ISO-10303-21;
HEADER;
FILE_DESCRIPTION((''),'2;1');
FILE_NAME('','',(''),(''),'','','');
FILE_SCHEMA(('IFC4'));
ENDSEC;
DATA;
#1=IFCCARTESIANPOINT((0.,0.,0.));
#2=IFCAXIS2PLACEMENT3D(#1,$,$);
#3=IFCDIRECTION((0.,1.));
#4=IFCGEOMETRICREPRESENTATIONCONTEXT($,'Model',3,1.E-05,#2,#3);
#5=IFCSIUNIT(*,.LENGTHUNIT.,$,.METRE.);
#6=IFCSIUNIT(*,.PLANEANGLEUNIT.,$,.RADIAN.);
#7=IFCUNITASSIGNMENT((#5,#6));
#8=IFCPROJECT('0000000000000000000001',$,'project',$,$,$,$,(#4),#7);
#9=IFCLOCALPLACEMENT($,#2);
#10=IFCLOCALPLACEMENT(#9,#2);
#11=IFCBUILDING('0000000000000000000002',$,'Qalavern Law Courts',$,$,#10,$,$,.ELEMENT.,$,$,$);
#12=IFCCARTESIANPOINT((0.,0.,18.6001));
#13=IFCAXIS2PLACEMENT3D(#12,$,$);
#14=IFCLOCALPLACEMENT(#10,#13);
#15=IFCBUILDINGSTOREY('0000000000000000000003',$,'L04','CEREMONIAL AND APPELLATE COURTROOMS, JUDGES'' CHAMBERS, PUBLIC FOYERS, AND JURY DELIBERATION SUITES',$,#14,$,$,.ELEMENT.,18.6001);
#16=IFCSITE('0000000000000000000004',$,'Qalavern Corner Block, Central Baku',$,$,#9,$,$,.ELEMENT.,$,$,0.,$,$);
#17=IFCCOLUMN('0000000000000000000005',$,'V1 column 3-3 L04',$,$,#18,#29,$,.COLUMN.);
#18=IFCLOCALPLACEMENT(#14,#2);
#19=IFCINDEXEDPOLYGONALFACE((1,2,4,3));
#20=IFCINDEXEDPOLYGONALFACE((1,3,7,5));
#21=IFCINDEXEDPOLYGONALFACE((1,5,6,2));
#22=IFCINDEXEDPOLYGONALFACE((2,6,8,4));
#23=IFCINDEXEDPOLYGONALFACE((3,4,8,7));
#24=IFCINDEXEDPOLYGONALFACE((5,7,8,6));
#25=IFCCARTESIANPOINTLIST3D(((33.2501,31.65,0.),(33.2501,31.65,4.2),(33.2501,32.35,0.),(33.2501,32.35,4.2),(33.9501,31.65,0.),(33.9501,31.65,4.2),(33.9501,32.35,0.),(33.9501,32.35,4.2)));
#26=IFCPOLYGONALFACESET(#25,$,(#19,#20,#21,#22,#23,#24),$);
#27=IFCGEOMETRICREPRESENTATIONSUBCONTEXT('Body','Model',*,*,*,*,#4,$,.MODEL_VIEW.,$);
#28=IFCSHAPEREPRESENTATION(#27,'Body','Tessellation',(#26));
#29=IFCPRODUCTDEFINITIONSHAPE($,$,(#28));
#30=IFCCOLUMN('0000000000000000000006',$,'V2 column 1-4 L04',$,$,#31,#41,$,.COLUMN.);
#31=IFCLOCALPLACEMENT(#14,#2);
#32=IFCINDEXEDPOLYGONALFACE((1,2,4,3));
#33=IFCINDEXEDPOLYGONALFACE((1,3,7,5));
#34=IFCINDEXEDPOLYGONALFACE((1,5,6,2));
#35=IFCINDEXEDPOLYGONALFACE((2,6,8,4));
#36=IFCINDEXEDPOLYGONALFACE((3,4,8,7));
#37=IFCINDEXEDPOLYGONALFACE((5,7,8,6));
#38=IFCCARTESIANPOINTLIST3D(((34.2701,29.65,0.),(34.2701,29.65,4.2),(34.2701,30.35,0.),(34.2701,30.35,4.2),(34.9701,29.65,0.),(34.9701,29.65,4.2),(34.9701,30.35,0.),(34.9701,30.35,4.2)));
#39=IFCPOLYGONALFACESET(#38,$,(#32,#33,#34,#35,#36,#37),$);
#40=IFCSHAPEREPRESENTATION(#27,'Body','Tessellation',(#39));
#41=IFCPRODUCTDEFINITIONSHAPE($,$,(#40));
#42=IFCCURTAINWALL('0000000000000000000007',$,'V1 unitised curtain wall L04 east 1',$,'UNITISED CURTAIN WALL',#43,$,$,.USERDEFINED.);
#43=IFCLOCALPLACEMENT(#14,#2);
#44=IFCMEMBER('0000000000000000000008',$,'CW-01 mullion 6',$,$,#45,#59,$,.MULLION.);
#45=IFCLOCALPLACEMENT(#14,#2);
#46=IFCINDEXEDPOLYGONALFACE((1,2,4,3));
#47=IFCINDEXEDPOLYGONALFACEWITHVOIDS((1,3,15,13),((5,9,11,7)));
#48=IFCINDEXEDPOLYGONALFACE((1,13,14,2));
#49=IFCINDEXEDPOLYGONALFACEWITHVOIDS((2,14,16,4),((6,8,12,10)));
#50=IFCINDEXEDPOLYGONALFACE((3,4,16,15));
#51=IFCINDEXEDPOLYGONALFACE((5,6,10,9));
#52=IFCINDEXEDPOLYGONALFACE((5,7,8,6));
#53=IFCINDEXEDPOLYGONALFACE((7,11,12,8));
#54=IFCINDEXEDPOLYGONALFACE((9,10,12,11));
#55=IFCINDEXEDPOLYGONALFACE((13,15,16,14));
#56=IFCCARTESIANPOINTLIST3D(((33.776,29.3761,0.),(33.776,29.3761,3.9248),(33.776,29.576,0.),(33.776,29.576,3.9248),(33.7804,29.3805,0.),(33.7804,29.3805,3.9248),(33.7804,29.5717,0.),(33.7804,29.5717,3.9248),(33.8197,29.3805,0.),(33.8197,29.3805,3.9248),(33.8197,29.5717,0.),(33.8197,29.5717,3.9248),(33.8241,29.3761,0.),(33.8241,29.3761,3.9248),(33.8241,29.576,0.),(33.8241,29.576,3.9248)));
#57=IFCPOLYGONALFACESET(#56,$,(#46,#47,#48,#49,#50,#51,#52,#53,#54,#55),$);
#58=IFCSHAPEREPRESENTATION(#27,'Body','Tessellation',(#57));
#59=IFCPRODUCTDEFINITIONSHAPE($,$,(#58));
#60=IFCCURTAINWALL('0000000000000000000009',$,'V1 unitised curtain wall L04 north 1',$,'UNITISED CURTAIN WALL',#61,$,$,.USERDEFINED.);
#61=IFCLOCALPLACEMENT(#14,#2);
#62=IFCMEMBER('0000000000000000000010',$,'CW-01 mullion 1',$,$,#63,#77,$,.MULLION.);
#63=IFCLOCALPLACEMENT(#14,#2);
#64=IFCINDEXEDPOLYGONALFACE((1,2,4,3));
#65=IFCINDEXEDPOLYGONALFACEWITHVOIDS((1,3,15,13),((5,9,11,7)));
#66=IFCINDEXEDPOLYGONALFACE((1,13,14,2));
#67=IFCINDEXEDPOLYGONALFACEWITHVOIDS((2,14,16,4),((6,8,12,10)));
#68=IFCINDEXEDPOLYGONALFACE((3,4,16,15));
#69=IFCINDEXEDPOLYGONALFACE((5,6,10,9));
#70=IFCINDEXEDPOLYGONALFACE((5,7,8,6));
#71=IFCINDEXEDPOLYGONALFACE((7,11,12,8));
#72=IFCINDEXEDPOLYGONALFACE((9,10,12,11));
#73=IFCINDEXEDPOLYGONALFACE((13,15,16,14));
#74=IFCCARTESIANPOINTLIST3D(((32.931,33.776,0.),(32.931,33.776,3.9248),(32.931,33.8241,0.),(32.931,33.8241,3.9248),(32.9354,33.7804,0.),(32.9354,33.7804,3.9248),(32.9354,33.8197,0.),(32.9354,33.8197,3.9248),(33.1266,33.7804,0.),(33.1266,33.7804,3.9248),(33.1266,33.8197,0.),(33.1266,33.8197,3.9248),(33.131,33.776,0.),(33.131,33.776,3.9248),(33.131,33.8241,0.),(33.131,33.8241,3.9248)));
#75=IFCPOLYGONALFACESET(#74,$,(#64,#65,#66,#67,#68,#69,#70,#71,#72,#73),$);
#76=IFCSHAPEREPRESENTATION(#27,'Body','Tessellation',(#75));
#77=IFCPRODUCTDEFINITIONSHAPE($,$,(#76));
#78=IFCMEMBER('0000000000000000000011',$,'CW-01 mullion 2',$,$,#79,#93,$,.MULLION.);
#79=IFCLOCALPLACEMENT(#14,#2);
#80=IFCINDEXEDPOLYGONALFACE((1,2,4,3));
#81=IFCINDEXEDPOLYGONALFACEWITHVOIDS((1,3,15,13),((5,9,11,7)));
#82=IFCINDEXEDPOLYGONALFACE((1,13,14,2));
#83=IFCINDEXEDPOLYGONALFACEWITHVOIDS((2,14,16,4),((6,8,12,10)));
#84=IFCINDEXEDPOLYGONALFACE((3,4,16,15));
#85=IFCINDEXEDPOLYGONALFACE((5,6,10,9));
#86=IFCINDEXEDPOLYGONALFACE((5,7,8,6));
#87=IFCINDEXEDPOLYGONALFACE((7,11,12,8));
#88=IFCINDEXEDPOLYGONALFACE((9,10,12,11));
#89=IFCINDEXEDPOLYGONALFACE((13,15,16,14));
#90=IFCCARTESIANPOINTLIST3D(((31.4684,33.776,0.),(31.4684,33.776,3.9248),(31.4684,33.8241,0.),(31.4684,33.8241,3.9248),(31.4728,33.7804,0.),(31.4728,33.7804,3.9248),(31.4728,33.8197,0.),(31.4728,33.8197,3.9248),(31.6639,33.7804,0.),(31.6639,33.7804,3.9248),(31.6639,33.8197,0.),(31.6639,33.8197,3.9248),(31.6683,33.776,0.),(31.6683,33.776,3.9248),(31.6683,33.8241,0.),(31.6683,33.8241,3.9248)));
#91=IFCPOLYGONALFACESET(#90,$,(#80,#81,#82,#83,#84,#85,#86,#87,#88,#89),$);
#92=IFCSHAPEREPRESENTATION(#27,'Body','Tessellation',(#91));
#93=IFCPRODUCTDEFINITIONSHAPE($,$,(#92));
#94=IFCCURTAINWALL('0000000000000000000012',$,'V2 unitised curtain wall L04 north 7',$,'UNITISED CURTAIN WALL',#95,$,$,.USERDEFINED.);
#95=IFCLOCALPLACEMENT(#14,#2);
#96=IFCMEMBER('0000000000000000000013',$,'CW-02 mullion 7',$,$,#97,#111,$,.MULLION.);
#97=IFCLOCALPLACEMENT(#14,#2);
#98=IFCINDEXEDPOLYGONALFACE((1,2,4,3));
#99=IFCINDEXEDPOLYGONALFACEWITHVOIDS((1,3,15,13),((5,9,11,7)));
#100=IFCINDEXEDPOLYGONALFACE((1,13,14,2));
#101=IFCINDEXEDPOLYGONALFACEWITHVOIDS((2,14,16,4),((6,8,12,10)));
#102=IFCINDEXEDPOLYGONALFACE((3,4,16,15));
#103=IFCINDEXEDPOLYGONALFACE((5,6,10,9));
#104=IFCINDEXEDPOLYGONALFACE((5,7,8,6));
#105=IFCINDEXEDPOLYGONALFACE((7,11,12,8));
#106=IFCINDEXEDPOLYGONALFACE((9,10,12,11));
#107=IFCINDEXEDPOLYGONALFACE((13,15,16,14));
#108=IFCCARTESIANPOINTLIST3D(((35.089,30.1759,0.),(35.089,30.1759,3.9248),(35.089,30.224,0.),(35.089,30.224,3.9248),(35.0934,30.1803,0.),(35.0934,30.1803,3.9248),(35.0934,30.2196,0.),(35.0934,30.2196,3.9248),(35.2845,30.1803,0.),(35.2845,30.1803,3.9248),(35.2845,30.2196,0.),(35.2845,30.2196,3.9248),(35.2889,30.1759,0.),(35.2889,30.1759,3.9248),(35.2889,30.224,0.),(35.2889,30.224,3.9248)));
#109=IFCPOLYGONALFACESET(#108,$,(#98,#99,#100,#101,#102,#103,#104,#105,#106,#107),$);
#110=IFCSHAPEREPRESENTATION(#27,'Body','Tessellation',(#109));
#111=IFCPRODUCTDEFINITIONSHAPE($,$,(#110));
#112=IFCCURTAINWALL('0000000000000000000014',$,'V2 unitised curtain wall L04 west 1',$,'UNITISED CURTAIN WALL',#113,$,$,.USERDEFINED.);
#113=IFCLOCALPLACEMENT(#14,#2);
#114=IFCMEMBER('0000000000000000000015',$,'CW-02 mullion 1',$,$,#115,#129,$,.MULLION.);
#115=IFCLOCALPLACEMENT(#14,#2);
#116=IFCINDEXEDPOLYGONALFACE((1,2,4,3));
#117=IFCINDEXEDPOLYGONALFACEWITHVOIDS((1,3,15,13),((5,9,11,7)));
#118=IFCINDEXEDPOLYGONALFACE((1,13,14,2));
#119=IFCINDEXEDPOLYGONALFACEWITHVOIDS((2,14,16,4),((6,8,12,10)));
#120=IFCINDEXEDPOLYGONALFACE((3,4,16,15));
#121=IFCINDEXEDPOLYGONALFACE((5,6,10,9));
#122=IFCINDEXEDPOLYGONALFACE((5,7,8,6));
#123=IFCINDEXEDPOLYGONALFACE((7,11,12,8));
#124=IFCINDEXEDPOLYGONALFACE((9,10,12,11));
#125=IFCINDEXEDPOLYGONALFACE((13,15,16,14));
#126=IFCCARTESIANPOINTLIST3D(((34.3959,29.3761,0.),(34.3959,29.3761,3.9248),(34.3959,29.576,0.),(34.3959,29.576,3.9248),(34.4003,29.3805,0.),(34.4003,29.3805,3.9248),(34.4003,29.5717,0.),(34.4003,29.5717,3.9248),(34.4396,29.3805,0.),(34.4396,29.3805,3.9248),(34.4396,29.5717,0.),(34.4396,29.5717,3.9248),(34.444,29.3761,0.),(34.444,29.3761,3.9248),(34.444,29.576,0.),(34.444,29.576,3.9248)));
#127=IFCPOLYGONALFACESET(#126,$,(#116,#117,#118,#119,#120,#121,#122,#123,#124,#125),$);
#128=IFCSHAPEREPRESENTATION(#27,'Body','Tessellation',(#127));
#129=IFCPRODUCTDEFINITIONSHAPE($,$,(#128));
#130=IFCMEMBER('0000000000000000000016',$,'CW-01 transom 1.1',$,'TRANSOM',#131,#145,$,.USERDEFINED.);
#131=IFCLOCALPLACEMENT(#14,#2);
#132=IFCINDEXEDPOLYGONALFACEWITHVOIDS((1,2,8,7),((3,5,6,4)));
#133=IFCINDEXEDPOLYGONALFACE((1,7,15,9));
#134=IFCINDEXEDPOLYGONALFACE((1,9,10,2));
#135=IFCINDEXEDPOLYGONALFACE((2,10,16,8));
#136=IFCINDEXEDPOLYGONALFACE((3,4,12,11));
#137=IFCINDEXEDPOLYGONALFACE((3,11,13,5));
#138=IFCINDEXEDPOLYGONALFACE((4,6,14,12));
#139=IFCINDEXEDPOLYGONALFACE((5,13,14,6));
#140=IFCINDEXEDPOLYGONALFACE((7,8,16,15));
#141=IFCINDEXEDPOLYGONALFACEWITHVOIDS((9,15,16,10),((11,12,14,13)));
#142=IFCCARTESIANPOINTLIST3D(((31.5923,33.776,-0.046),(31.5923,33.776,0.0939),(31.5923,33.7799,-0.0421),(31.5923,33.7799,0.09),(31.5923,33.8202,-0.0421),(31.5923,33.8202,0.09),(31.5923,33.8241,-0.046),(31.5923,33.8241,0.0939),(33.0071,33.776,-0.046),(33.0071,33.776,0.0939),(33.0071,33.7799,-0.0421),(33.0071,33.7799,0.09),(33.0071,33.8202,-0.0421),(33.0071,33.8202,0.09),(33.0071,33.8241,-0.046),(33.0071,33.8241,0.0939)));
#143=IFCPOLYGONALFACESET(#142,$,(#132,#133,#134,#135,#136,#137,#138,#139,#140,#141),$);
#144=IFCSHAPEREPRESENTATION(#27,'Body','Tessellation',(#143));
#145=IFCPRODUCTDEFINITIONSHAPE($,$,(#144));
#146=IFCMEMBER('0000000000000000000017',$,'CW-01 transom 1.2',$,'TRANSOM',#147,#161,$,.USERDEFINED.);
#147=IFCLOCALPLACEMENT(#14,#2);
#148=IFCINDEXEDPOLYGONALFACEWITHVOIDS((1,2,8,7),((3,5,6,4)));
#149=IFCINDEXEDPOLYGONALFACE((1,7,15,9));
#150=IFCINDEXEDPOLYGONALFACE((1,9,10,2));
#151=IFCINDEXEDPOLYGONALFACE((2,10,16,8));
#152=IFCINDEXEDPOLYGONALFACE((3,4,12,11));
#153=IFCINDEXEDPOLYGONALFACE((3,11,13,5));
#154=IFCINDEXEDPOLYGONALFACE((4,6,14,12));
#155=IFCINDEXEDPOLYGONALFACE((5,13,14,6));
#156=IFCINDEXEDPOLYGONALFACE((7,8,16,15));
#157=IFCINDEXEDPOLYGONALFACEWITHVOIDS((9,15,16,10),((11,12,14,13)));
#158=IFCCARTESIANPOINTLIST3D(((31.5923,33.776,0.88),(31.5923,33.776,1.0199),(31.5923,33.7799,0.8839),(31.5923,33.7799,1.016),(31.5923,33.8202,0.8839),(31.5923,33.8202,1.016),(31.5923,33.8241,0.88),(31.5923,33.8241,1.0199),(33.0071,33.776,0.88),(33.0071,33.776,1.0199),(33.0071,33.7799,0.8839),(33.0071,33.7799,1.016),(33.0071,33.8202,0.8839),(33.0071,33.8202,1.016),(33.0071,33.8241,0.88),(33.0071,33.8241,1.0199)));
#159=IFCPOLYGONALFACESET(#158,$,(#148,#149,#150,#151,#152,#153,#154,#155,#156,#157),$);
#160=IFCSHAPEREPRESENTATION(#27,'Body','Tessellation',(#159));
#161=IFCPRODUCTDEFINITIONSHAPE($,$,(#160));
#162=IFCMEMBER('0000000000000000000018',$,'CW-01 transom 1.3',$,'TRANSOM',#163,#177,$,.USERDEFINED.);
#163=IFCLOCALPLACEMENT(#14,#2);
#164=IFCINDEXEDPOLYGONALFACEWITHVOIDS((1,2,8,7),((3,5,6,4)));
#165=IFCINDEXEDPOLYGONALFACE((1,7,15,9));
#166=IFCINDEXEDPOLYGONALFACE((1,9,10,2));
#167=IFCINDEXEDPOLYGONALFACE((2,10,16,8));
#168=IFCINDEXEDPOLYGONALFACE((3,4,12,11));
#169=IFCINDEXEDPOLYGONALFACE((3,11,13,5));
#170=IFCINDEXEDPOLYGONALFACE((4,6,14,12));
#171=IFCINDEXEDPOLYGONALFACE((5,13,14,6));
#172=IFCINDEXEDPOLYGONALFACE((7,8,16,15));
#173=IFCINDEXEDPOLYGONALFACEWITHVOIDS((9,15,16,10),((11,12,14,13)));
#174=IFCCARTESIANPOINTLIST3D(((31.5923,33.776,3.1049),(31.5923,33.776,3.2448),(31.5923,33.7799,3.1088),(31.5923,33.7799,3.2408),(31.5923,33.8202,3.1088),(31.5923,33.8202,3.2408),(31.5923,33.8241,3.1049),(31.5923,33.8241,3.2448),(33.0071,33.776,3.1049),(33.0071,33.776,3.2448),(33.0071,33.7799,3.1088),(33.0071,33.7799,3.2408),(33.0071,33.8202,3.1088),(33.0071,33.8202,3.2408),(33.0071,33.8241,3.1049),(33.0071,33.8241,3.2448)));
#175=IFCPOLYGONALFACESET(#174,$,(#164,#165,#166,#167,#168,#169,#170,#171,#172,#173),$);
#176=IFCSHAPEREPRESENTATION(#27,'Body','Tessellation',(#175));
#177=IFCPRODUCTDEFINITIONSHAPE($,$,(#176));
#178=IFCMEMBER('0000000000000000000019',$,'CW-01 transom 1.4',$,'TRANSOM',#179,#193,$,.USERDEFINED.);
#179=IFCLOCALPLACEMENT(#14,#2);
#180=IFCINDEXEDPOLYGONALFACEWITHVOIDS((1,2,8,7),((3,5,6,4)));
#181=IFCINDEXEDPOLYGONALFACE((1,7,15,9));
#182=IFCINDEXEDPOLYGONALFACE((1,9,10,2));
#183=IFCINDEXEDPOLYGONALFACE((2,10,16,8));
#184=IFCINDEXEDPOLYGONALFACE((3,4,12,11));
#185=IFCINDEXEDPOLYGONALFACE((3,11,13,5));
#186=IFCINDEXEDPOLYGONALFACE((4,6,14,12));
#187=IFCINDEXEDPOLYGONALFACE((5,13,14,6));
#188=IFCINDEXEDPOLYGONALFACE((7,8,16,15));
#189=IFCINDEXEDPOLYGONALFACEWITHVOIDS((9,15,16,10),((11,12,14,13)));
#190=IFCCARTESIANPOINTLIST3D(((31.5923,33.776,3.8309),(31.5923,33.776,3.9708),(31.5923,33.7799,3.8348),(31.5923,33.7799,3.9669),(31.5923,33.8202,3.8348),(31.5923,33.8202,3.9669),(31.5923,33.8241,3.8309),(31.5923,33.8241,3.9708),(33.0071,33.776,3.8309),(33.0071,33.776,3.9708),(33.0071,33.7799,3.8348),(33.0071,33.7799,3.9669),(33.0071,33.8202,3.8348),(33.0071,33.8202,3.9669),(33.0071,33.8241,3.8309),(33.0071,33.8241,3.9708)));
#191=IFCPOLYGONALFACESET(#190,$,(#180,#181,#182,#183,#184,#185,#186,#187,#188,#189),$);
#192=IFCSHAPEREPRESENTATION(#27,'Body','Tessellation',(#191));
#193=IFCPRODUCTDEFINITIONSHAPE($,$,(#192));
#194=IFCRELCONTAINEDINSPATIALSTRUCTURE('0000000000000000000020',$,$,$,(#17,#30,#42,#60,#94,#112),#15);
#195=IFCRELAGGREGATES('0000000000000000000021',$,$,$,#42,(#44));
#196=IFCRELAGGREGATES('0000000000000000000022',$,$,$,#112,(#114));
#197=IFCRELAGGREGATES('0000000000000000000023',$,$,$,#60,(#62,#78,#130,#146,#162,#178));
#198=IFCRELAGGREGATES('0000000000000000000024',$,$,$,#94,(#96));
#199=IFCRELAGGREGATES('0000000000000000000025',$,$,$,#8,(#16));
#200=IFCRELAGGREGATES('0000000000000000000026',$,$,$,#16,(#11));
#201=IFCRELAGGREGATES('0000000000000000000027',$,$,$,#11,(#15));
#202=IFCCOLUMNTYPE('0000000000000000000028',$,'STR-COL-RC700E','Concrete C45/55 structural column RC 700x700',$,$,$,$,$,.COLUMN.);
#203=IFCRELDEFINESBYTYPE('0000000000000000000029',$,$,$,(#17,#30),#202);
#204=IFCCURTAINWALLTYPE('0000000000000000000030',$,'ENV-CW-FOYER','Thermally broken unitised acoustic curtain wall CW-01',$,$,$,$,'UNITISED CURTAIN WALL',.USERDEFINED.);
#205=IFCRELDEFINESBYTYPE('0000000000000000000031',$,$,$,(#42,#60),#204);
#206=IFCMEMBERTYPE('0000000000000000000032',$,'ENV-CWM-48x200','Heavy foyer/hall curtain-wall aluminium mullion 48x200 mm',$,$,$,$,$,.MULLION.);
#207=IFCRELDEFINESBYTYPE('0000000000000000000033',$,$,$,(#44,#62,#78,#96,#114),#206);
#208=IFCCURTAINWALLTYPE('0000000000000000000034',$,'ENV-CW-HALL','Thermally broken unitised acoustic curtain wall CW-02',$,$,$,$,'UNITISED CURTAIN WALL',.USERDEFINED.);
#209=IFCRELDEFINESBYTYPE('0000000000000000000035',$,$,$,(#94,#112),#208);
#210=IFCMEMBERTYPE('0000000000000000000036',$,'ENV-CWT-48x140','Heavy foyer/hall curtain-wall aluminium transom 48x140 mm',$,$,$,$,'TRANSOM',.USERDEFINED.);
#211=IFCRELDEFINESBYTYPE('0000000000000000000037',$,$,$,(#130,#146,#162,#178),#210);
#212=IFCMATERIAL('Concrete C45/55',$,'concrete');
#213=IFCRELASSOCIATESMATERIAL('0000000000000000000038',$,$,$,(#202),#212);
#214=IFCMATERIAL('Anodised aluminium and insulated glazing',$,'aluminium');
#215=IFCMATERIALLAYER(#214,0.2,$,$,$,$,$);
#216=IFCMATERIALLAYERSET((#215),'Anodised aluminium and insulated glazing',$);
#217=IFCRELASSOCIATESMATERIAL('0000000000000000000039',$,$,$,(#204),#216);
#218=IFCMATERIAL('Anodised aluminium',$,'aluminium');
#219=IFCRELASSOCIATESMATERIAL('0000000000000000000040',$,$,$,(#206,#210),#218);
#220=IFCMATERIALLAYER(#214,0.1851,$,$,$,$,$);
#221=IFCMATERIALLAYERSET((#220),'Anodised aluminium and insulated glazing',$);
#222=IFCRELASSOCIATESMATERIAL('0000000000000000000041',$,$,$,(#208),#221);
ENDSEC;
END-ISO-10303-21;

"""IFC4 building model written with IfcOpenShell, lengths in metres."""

from ifc_helpers import new_model, si_unit, direction, frame, origin, origin_2d, place, context, subcontext, project, spatial, rectangle, hollow_rectangle, extrude, material, layer, layer_set, material_profile, profile_set, type_object, element, aggregate, save


model = new_model("IFC4")

# Units and contexts
model_context = context("Model", 3, precision=1e-05, world=origin(), true_north=direction((0.0, 1.0)))
body_context = subcontext(model_context, "Body", "Model", "MODEL_VIEW")
ifc_project = project(units=[si_unit("LENGTHUNIT", "METRE"), si_unit("PLANEANGLEUNIT", "RADIAN")], contexts=[model_context])

# Site, building, storey
site_placement = place(None, origin())
site = spatial("IfcSite", under=ifc_project, at=site_placement, Name="Qalavern Corner Block, Central Baku", CompositionType="ELEMENT", RefElevation=0.0)
building_placement = place(site_placement, origin())
building = spatial("IfcBuilding", under=site, at=building_placement, Name="Qalavern Law Courts", CompositionType="ELEMENT")
storey_placement = place(building_placement, frame((0.0, 0.0, 18.6001)))
storey = spatial("IfcBuildingStorey", under=building, at=storey_placement, Name="L04", Description="CEREMONIAL AND APPELLATE COURTROOMS, JUDGES' CHAMBERS, PUBLIC FOYERS, AND JURY DELIBERATION SUITES", CompositionType="ELEMENT", Elevation=18.6001)

# Columns
ifc_material_1 = material(Name="Concrete C45/55", Category="concrete")
ifc_material_profile_1 = material_profile(ifc_material_1, rectangle(XDim=0.7, YDim=0.7, at=origin_2d()), Name="RC 700x700")
ifc_profile_set_1 = profile_set([ifc_material_profile_1], Name="Concrete C45/55")
column_type = type_object("IfcColumnType", Name="STR-COL-RC700E", Description="Concrete C45/55 structural column RC 700x700", PredefinedType="COLUMN", material=ifc_profile_set_1)
for number, where, z_axis, x_axis, name in (
    (1, (33.6001, 32.0, 0.0), (0.0, 0.0, 1.0), (1.0, 0.0, 0.0), "V1 column 3-3 L04"),
    (2, (34.6201, 30.0, 0.0), (0.0, 0.0, 1.0), (1.0, 0.0, 0.0), "V2 column 1-4 L04"),
):
    element("IfcColumn", number, at=place(storey_placement, frame(where, z_axis=z_axis, x_axis=x_axis)), inside=storey, type_object=column_type, Name=name, PredefinedType="COLUMN", context=body_context, shape_type="SweptSolid", body=[
        extrude(rectangle(XDim=0.7, YDim=0.7, at=origin_2d()), origin(), (0.0, 0.0, 1.0), 4.2),
    ])

# Curtain wall, member
ifc_material_2 = material(Name="Anodised aluminium and insulated glazing", Category="aluminium")
ifc_layer_1 = layer(ifc_material_2, 0.2)
ifc_layer_set_1 = layer_set([ifc_layer_1], Name="Anodised aluminium and insulated glazing")
curtain_wall_type_1 = type_object("IfcCurtainWallType", Name="ENV-CW-FOYER", Description="Thermally broken unitised acoustic curtain wall CW-01", ElementType="UNITISED CURTAIN WALL", PredefinedType="USERDEFINED", material=ifc_layer_set_1)
curtain_wall_1_placement = place(storey_placement, origin())
curtain_wall_1 = element("IfcCurtainWall", 3, at=curtain_wall_1_placement, inside=storey, type_object=curtain_wall_type_1, Name="V1 unitised curtain wall L04 east 1", ObjectType="UNITISED CURTAIN WALL", PredefinedType="USERDEFINED")
ifc_material_3 = material(Name="Anodised aluminium", Category="aluminium")
ifc_material_profile_2 = material_profile(ifc_material_3, hollow_rectangle(XDim=0.0481, YDim=0.2, WallThickness=0.0044, at=origin_2d()), Name="ALU MULLION 48x200")
ifc_profile_set_2 = profile_set([ifc_material_profile_2], Name="Anodised aluminium")
member_type_1 = type_object("IfcMemberType", Name="ENV-CWM-48x200", Description="Heavy foyer/hall curtain-wall aluminium mullion 48x200 mm", PredefinedType="MULLION", material=ifc_profile_set_2)
member_1_placement = place(storey_placement, frame((33.8, 29.4761, 0.0), z_axis=(0.0, 0.0, 1.0), x_axis=(-1.0, 0.0, 0.0)))
member_1 = element("IfcMember", 4, at=member_1_placement, type_object=member_type_1, Name="CW-01 mullion 6", PredefinedType="MULLION", context=body_context, shape_type="SweptSolid", body=[
    extrude(hollow_rectangle(XDim=0.0481, YDim=0.2, WallThickness=0.0044, at=origin_2d()), origin(), (0.0, 0.0, 1.0), 3.9248),
])
aggregate(curtain_wall_1, [member_1])

# Curtain wall, members
curtain_wall_2_placement = place(storey_placement, origin())
curtain_wall_2 = element("IfcCurtainWall", 5, at=curtain_wall_2_placement, inside=storey, type_object=curtain_wall_type_1, Name="V1 unitised curtain wall L04 north 1", ObjectType="UNITISED CURTAIN WALL", PredefinedType="USERDEFINED")
member_2_placement = place(storey_placement, frame((33.031, 33.8, 0.0), z_axis=(0.0, 0.0, 1.0), x_axis=(0.0, -1.0, 0.0)))
member_2 = element("IfcMember", 6, at=member_2_placement, type_object=member_type_1, Name="CW-01 mullion 1", PredefinedType="MULLION", context=body_context, shape_type="SweptSolid", body=[
    extrude(hollow_rectangle(XDim=0.0481, YDim=0.2, WallThickness=0.0044, at=origin_2d()), origin(), (0.0, 0.0, 1.0), 3.9248),
])
member_3_placement = place(storey_placement, frame((31.5684, 33.8, 0.0), z_axis=(0.0, 0.0, 1.0), x_axis=(0.0, -1.0, 0.0)))
member_3 = element("IfcMember", 7, at=member_3_placement, type_object=member_type_1, Name="CW-01 mullion 2", PredefinedType="MULLION", context=body_context, shape_type="SweptSolid", body=[
    extrude(hollow_rectangle(XDim=0.0481, YDim=0.2, WallThickness=0.0044, at=origin_2d()), origin(), (0.0, 0.0, 1.0), 3.9248),
])

# Curtain walls, members
ifc_layer_2 = layer(ifc_material_2, 0.1851)
ifc_layer_set_2 = layer_set([ifc_layer_2], Name="Anodised aluminium and insulated glazing")
curtain_wall_type_2 = type_object("IfcCurtainWallType", Name="ENV-CW-HALL", Description="Thermally broken unitised acoustic curtain wall CW-02", ElementType="UNITISED CURTAIN WALL", PredefinedType="USERDEFINED", material=ifc_layer_set_2)
curtain_wall_3_placement = place(storey_placement, origin())
curtain_wall_3 = element("IfcCurtainWall", 8, at=curtain_wall_3_placement, inside=storey, type_object=curtain_wall_type_2, Name="V2 unitised curtain wall L04 north 7", ObjectType="UNITISED CURTAIN WALL", PredefinedType="USERDEFINED")
member_4_placement = place(storey_placement, frame((35.189, 30.2, 0.0), z_axis=(0.0, 0.0, 1.0), x_axis=(0.0, -1.0, 0.0)))
member_4 = element("IfcMember", 9, at=member_4_placement, type_object=member_type_1, Name="CW-02 mullion 7", PredefinedType="MULLION", context=body_context, shape_type="SweptSolid", body=[
    extrude(hollow_rectangle(XDim=0.0481, YDim=0.2, WallThickness=0.0044, at=origin_2d()), origin(), (0.0, 0.0, 1.0), 3.9248),
])
curtain_wall_4_placement = place(storey_placement, origin())
curtain_wall_4 = element("IfcCurtainWall", 10, at=curtain_wall_4_placement, inside=storey, type_object=curtain_wall_type_2, Name="V2 unitised curtain wall L04 west 1", ObjectType="UNITISED CURTAIN WALL", PredefinedType="USERDEFINED")
member_5_placement = place(storey_placement, frame((34.4199, 29.4761, 0.0), z_axis=(0.0, 0.0, 1.0), x_axis=(1.0, 0.0, 0.0)))
member_5 = element("IfcMember", 11, at=member_5_placement, type_object=member_type_1, Name="CW-02 mullion 1", PredefinedType="MULLION", context=body_context, shape_type="SweptSolid", body=[
    extrude(hollow_rectangle(XDim=0.0481, YDim=0.2, WallThickness=0.0044, at=origin_2d()), origin(), (0.0, 0.0, 1.0), 3.9248),
])
aggregate(curtain_wall_4, [member_5])

# Members
ifc_material_profile_3 = material_profile(ifc_material_3, hollow_rectangle(XDim=0.0481, YDim=0.1399, WallThickness=0.0039, at=origin_2d()), Name="ALU TRANSOM 48x140")
ifc_profile_set_3 = profile_set([ifc_material_profile_3], Name="Anodised aluminium")
member_type_2 = type_object("IfcMemberType", Name="ENV-CWT-48x140", Description="Heavy foyer/hall curtain-wall aluminium transom 48x140 mm", ElementType="TRANSOM", PredefinedType="USERDEFINED", material=ifc_profile_set_3)
member_6_placement = place(storey_placement, frame((33.0071, 33.8, 0.0239), z_axis=(-1.0, 0.0, 0.0), x_axis=(0.0, -1.0, 0.0)))
member_6 = element("IfcMember", 12, at=member_6_placement, type_object=member_type_2, Name="CW-01 transom 1.1", ObjectType="TRANSOM", PredefinedType="USERDEFINED", context=body_context, shape_type="SweptSolid", body=[
    extrude(hollow_rectangle(XDim=0.0481, YDim=0.1399, WallThickness=0.0039, at=origin_2d()), origin(), (0.0, 0.0, 1.0), 1.4148),
])
member_7_placement = place(storey_placement, frame((33.0071, 33.8, 0.95), z_axis=(-1.0, 0.0, 0.0), x_axis=(0.0, -1.0, 0.0)))
member_7 = element("IfcMember", 13, at=member_7_placement, type_object=member_type_2, Name="CW-01 transom 1.2", ObjectType="TRANSOM", PredefinedType="USERDEFINED", context=body_context, shape_type="SweptSolid", body=[
    extrude(hollow_rectangle(XDim=0.0481, YDim=0.1399, WallThickness=0.0039, at=origin_2d()), origin(), (0.0, 0.0, 1.0), 1.4148),
])
member_8_placement = place(storey_placement, frame((33.0071, 33.8, 3.1748), z_axis=(-1.0, 0.0, 0.0), x_axis=(0.0, -1.0, 0.0)))
member_8 = element("IfcMember", 14, at=member_8_placement, type_object=member_type_2, Name="CW-01 transom 1.3", ObjectType="TRANSOM", PredefinedType="USERDEFINED", context=body_context, shape_type="SweptSolid", body=[
    extrude(hollow_rectangle(XDim=0.0481, YDim=0.1399, WallThickness=0.0039, at=origin_2d()), origin(), (0.0, 0.0, 1.0), 1.4148),
])
member_9_placement = place(storey_placement, frame((33.0071, 33.8, 3.9009), z_axis=(-1.0, 0.0, 0.0), x_axis=(0.0, -1.0, 0.0)))
member_9 = element("IfcMember", 15, at=member_9_placement, type_object=member_type_2, Name="CW-01 transom 1.4", ObjectType="TRANSOM", PredefinedType="USERDEFINED", context=body_context, shape_type="SweptSolid", body=[
    extrude(hollow_rectangle(XDim=0.0481, YDim=0.1399, WallThickness=0.0039, at=origin_2d()), origin(), (0.0, 0.0, 1.0), 1.4148),
])

aggregate(curtain_wall_2, [member_2, member_3, member_6, member_7, member_8, member_9])
aggregate(curtain_wall_3, [member_4])

save(model, "model.ifc")
